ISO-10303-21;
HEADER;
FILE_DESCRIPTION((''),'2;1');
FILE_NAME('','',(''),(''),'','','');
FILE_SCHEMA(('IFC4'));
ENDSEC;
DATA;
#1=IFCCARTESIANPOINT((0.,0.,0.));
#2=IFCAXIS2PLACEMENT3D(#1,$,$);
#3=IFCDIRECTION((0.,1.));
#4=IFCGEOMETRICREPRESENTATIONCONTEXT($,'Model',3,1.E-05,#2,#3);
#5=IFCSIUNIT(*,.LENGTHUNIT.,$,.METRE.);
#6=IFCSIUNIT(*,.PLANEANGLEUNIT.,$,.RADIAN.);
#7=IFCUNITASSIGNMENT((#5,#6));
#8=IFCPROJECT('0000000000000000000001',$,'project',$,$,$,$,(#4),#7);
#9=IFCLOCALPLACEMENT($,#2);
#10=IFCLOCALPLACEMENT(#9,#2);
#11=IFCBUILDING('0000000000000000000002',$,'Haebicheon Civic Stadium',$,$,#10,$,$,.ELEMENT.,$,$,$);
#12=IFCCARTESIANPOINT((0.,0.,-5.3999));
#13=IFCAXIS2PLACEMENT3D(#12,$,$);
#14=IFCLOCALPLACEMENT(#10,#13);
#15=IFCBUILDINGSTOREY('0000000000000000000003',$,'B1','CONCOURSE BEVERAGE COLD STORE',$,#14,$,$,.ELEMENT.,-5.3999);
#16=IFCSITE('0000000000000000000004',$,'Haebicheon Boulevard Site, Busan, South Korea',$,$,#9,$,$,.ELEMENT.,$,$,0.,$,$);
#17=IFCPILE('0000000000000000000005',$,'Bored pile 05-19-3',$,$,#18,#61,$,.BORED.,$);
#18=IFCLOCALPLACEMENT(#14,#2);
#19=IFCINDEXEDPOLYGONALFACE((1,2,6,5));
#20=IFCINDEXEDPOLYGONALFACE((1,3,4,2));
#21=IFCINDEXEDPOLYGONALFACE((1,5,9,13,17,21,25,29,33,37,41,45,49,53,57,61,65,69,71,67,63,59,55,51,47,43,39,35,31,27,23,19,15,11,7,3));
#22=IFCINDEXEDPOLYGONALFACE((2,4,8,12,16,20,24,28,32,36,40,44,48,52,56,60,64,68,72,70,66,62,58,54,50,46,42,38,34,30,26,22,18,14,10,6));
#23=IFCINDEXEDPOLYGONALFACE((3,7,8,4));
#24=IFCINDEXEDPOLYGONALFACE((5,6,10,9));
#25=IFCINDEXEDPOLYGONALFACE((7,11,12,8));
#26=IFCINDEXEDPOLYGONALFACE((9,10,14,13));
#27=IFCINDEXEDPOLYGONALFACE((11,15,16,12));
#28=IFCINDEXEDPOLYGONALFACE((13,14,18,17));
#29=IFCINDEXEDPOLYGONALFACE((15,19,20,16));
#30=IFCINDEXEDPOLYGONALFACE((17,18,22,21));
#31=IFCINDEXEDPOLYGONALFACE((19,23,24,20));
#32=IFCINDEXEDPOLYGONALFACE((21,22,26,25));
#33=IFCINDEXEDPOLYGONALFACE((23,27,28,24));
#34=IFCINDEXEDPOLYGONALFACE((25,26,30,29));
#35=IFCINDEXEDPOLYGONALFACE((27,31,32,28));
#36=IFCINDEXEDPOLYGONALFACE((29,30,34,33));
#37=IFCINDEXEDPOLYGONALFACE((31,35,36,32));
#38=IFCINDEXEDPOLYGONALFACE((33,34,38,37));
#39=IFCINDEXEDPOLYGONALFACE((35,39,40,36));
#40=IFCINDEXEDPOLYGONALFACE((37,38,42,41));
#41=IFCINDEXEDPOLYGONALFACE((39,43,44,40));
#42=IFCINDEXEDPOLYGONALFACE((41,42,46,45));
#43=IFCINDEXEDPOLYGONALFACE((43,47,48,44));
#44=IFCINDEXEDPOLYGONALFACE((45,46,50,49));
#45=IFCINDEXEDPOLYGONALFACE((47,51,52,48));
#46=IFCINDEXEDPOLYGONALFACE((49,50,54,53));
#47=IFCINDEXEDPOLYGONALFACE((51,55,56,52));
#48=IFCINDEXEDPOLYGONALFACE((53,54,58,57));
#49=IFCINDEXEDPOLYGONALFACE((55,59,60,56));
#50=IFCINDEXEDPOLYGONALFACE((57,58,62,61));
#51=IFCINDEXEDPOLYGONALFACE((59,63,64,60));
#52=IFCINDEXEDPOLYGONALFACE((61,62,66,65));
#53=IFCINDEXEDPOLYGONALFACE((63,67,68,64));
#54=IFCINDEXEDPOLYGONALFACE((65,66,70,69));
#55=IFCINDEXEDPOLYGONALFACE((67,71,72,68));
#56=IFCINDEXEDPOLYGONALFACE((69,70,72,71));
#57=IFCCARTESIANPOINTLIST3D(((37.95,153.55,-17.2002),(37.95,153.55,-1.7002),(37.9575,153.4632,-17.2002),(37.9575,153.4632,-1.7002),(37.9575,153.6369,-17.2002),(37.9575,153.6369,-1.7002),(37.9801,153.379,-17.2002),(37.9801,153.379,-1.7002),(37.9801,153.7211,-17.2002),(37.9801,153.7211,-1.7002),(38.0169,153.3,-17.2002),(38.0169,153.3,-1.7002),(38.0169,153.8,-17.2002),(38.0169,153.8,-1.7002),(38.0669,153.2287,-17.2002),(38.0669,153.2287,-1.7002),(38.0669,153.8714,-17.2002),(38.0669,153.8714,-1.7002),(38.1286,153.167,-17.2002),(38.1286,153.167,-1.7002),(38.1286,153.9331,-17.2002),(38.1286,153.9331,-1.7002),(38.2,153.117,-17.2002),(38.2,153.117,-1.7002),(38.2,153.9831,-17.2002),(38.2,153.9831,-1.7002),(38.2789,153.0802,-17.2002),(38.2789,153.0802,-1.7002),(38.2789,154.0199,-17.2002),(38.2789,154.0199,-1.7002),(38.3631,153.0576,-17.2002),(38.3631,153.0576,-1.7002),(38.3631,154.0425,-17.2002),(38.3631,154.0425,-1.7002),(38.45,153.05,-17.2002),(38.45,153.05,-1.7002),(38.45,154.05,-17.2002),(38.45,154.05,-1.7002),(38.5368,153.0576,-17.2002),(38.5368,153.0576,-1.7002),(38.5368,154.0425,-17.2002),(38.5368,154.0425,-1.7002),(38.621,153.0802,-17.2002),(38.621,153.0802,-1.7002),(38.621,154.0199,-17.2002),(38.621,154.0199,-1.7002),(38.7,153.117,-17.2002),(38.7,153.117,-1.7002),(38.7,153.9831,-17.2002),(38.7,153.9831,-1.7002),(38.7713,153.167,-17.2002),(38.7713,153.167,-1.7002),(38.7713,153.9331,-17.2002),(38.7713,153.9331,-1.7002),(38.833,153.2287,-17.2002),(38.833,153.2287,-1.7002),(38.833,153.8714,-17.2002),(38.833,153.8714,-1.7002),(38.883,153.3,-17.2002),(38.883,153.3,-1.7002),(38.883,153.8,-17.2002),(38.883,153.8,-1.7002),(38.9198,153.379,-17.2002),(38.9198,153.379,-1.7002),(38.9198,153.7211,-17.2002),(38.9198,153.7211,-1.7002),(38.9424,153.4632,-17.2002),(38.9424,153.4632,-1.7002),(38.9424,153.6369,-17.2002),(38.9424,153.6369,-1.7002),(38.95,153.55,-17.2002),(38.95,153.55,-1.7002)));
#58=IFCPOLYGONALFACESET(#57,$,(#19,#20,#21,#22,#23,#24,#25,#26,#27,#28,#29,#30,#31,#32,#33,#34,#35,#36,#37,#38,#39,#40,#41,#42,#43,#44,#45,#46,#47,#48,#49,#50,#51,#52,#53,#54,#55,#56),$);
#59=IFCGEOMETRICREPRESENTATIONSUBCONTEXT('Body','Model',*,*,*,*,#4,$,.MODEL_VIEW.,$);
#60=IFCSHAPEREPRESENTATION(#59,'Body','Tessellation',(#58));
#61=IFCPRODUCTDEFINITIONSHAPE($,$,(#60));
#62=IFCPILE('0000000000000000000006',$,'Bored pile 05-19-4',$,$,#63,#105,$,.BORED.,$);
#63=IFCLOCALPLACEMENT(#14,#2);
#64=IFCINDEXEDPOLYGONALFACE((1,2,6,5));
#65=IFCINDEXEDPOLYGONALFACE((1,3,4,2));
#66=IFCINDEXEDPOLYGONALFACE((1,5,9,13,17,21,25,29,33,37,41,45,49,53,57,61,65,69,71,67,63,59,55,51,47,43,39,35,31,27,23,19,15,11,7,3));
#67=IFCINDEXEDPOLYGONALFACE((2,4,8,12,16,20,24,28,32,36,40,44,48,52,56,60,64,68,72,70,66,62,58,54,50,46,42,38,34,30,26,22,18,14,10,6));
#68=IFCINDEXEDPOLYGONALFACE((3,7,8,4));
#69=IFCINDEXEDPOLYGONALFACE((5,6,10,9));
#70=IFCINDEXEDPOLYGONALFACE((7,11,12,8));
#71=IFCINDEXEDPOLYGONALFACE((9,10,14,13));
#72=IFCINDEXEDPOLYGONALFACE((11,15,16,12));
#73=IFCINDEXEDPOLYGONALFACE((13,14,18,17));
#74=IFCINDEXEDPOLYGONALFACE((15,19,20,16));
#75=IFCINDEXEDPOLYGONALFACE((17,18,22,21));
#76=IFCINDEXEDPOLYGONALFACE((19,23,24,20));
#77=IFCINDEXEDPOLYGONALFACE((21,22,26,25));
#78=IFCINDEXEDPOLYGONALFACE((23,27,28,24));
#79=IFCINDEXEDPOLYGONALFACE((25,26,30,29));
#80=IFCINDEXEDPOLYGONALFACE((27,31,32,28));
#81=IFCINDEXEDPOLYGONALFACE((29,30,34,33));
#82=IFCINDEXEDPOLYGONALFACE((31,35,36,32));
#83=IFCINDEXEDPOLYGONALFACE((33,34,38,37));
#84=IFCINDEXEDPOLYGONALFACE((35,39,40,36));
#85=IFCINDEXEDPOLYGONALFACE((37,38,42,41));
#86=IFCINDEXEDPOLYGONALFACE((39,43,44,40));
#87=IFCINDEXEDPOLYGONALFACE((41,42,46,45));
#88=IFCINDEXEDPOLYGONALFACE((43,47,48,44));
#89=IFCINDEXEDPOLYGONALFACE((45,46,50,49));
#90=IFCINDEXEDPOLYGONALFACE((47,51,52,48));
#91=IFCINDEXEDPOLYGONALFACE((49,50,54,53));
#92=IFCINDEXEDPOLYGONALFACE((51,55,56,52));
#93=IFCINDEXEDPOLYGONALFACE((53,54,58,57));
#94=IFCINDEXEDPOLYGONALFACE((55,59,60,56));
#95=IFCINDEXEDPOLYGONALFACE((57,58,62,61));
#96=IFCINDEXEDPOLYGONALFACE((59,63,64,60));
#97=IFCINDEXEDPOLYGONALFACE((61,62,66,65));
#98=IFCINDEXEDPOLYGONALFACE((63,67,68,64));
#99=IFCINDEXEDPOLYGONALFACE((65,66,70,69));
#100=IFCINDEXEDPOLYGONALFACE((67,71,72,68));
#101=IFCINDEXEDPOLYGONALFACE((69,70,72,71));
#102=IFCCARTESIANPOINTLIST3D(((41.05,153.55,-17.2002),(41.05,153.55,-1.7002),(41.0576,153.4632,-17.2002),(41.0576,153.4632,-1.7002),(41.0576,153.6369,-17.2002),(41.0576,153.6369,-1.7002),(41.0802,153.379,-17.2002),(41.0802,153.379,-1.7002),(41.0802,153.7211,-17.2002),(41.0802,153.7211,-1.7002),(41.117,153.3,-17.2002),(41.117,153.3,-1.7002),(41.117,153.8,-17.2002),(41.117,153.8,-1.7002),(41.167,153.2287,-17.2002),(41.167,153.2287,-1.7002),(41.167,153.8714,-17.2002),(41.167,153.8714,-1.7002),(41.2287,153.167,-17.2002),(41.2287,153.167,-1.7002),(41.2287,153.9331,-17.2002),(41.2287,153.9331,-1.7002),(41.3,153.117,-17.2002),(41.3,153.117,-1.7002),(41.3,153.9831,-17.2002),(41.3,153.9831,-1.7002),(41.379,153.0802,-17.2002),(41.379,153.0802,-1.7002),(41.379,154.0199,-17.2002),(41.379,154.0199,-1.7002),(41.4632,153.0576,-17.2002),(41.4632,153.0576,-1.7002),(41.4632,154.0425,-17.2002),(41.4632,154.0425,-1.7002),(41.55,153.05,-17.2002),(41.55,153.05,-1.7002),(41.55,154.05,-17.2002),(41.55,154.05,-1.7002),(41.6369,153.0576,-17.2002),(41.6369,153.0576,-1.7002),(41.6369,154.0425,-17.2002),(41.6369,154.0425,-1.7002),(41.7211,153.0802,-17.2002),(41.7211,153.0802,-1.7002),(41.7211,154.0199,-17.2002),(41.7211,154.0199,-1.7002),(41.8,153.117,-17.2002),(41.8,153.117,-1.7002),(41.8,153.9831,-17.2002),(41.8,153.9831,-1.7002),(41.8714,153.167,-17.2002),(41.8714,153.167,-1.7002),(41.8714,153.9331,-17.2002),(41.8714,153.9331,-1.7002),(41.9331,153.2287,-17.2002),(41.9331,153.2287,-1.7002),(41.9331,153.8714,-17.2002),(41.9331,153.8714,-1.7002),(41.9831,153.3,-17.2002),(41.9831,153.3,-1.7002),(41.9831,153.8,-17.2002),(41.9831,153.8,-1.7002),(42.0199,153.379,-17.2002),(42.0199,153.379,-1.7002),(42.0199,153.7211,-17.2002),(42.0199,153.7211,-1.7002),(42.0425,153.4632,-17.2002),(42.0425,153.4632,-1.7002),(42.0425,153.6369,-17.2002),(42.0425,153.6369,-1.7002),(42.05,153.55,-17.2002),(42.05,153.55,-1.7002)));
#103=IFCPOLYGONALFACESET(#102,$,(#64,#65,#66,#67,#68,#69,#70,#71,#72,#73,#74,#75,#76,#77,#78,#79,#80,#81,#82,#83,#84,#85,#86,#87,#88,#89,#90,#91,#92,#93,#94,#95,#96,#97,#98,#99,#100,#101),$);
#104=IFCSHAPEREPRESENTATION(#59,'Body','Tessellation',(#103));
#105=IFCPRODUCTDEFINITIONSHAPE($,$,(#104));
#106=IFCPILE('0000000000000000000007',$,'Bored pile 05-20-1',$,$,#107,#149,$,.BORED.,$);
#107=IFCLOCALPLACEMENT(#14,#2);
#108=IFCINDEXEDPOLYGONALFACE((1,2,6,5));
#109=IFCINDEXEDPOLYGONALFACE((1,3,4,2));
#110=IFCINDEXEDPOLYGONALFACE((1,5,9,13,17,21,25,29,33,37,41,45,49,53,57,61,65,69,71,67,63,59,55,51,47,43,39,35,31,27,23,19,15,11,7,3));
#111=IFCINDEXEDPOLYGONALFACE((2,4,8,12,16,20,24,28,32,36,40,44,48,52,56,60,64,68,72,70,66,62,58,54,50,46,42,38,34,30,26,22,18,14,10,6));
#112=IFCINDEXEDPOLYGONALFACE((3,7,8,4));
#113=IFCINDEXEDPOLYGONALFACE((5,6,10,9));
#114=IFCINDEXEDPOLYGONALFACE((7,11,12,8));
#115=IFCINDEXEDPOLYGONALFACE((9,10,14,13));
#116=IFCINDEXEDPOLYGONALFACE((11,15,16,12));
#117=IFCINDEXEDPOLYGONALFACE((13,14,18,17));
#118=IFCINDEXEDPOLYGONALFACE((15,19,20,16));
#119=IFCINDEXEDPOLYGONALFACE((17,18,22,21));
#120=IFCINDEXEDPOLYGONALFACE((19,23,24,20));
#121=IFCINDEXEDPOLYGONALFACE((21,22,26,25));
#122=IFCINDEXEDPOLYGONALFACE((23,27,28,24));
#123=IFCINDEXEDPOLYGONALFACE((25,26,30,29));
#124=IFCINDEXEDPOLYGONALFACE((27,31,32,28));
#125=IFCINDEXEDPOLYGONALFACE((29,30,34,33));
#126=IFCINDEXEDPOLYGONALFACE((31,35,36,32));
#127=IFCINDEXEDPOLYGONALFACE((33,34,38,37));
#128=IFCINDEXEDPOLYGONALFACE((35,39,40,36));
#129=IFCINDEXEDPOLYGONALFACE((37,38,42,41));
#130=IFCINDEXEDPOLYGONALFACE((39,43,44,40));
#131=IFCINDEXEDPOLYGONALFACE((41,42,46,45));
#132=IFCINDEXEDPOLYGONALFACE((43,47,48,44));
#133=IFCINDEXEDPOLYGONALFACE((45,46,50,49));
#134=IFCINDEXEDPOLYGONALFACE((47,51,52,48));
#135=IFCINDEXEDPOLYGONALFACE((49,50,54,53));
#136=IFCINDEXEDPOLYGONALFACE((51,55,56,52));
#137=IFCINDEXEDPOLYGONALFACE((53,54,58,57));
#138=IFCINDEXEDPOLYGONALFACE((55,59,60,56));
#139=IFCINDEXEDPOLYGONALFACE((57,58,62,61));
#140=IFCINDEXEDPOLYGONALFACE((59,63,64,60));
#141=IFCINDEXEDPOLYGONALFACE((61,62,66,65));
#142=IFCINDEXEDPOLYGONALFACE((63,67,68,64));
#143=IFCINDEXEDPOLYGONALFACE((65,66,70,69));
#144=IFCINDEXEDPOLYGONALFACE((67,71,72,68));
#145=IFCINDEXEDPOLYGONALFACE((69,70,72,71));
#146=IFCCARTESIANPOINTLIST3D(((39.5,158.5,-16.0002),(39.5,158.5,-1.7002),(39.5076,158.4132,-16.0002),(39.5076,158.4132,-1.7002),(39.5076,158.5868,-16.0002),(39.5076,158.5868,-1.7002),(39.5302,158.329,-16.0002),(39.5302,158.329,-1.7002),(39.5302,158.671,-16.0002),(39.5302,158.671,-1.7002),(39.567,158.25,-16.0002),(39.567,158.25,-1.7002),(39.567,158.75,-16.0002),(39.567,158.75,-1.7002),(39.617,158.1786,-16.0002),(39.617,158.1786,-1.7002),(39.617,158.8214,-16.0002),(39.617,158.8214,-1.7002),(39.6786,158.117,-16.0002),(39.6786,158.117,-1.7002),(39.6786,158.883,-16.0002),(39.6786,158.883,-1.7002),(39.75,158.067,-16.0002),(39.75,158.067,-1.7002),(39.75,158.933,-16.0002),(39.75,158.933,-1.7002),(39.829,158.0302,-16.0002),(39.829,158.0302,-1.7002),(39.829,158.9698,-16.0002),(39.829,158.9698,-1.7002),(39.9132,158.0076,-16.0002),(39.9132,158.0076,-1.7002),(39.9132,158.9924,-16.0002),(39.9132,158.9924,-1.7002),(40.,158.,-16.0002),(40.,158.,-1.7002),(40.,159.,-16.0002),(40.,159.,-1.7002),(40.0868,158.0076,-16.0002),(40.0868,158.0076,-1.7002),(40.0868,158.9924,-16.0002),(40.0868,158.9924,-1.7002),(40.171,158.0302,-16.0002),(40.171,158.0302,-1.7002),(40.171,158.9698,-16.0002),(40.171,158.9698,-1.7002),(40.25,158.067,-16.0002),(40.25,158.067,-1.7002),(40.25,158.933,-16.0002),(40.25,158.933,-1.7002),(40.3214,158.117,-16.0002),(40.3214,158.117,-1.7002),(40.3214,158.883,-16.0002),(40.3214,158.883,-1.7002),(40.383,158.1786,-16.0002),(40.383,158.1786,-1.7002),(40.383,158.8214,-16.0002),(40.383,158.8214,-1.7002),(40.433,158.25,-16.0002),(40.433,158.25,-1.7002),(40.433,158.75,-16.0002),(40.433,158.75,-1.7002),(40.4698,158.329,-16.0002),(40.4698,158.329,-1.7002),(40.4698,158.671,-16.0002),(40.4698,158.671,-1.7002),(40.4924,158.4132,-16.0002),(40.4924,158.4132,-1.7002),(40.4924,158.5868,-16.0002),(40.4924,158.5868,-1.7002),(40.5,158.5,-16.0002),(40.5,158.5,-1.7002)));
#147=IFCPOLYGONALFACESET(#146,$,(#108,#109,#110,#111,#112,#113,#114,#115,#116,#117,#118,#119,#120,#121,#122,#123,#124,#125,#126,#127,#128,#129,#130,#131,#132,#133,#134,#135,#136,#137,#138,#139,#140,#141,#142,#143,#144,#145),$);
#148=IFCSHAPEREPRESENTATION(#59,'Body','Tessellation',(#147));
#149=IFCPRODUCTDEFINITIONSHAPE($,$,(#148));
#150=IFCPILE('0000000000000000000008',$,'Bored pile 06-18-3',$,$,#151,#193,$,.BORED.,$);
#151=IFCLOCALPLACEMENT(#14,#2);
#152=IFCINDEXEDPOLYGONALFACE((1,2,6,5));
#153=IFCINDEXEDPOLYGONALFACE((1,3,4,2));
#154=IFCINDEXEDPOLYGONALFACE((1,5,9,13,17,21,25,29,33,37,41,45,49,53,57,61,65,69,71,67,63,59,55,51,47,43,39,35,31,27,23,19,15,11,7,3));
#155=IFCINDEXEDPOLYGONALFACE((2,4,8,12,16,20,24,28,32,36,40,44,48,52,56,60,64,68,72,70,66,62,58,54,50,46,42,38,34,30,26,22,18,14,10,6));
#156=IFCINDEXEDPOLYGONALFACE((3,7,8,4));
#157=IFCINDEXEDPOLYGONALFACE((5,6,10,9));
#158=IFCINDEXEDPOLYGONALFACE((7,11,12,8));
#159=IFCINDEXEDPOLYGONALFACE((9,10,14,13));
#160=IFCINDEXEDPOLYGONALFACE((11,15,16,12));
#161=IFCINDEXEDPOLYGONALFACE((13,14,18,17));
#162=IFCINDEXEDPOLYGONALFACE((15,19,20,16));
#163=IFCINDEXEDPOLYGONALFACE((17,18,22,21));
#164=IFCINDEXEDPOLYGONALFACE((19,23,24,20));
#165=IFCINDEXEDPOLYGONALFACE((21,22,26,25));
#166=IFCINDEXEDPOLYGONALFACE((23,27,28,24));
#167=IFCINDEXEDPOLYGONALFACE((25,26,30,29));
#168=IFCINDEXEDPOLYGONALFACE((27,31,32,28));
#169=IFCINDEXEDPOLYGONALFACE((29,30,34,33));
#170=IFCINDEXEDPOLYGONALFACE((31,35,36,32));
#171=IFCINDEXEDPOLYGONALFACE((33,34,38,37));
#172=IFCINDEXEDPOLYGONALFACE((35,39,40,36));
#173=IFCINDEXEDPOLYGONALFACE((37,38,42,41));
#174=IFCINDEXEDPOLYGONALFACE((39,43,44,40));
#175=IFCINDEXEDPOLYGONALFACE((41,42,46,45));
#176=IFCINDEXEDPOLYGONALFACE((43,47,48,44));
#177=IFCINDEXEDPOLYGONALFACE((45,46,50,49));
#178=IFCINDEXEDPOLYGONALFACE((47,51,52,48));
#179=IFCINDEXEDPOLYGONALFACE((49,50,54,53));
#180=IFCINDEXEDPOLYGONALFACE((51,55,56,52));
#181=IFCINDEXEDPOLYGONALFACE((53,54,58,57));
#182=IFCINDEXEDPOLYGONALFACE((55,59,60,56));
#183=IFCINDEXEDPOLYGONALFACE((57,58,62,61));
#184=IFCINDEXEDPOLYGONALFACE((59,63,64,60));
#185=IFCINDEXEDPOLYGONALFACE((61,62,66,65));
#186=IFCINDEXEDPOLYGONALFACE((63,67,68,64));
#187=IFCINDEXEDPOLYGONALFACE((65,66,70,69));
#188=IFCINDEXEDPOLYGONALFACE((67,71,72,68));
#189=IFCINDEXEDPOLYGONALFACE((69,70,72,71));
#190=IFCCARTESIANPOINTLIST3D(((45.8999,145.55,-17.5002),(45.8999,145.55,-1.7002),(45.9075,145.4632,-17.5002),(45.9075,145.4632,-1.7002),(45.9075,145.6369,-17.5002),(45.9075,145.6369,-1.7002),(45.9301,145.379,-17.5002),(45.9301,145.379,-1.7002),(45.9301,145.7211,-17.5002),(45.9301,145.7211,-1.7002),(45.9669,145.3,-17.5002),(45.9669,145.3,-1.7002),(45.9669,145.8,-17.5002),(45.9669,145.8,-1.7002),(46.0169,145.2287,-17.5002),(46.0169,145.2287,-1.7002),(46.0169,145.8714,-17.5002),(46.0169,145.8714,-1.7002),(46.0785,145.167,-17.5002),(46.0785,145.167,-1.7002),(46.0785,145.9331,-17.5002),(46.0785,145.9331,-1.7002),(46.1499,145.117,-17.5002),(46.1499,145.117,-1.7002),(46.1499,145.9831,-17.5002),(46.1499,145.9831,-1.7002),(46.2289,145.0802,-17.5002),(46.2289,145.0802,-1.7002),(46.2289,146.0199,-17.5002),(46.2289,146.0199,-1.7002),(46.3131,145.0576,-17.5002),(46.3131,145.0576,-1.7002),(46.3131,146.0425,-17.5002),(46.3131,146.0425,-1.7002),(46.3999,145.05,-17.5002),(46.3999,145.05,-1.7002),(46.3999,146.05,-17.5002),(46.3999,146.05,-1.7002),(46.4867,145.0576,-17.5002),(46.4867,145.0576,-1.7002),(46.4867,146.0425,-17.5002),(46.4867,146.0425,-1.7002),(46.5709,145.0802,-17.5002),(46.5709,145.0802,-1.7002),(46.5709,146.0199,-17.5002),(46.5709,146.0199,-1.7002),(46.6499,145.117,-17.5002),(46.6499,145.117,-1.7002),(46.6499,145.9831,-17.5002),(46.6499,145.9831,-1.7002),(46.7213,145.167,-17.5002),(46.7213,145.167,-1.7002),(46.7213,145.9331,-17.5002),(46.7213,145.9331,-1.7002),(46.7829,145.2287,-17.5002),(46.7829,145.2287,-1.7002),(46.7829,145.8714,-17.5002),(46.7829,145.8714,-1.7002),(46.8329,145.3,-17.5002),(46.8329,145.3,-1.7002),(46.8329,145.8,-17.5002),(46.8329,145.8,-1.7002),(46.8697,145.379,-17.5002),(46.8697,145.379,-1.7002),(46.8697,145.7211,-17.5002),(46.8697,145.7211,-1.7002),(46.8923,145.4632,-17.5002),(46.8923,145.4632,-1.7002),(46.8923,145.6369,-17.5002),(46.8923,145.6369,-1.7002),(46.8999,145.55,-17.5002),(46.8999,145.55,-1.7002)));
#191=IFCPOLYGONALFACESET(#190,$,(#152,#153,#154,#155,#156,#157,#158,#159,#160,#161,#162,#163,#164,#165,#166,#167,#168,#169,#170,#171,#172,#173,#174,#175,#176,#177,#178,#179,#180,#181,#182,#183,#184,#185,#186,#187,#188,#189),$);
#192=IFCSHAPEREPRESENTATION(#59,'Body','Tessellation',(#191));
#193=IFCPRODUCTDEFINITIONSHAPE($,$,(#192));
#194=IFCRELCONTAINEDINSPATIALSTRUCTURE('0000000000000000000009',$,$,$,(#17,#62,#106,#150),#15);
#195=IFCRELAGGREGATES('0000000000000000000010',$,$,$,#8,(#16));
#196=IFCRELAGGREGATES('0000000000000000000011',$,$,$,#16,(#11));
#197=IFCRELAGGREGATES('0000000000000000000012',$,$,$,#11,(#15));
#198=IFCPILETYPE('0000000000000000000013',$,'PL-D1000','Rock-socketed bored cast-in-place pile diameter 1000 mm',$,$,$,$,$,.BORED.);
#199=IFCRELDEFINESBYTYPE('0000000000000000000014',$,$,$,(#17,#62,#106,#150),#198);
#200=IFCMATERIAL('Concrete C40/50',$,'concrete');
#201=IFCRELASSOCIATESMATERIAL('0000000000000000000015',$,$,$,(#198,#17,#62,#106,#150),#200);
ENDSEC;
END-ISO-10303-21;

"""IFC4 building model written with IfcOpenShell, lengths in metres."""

from ifc_helpers import new_model, si_unit, direction, frame, origin, origin_2d, place, context, subcontext, project, spatial, circle, extrude, material, material_profile, profile_set, type_object, element, save


model = new_model("IFC4")

# Units and contexts
model_context = context("Model", 3, precision=1e-05, world=origin(), true_north=direction((0.0, 1.0)))
body_context = subcontext(model_context, "Body", "Model", "MODEL_VIEW")
ifc_project = project(units=[si_unit("LENGTHUNIT", "METRE"), si_unit("PLANEANGLEUNIT", "RADIAN")], contexts=[model_context])

# Site, building, storey
site_placement = place(None, origin())
site = spatial("IfcSite", under=ifc_project, at=site_placement, Name="Haebicheon Boulevard Site, Busan, South Korea", CompositionType="ELEMENT", RefElevation=0.0)
building_placement = place(site_placement, origin())
building = spatial("IfcBuilding", under=site, at=building_placement, Name="Haebicheon Civic Stadium", CompositionType="ELEMENT")
storey_placement = place(building_placement, frame((0.0, 0.0, -5.3999)))
storey = spatial("IfcBuildingStorey", under=building, at=storey_placement, Name="B1", Description="CONCOURSE BEVERAGE COLD STORE", CompositionType="ELEMENT", Elevation=-5.3999)

# Piles
ifc_material_1 = material(Name="Concrete C40/50", Category="concrete")
ifc_material_profile_1 = material_profile(ifc_material_1, circle(Radius=0.5, at=origin_2d()), Name="PILE-D1000")
ifc_profile_set_1 = profile_set([ifc_material_profile_1], Name="Concrete C40/50")
pile_type = type_object("IfcPileType", Name="PL-D1000", Description="Rock-socketed bored cast-in-place pile diameter 1000 mm", PredefinedType="BORED", material=ifc_profile_set_1)
for number, where, z_axis, x_axis, name in (
    (1, (38.45, 153.55, -1.7002), (0.0, 0.0, -1.0), (1.0, 0.0, 0.0), "Bored pile 05-19-3"),
    (2, (41.55, 153.55, -1.7002), (0.0, 0.0, -1.0), (1.0, 0.0, 0.0), "Bored pile 05-19-4"),
):
    element("IfcPile", number, at=place(storey_placement, frame(where, z_axis=z_axis, x_axis=x_axis)), inside=storey, type_object=pile_type, material=ifc_profile_set_1, Name=name, PredefinedType="BORED", context=body_context, shape_type="SweptSolid", body=[
        extrude(circle(Radius=0.5, at=origin_2d()), origin(), (0.0, 0.0, 1.0), 15.5),
    ])
pile_1_placement = place(storey_placement, frame((40.0, 158.5, -1.7002), z_axis=(0.0, 0.0, -1.0), x_axis=(1.0, 0.0, 0.0)))
element("IfcPile", 3, at=pile_1_placement, inside=storey, type_object=pile_type, material=ifc_profile_set_1, Name="Bored pile 05-20-1", PredefinedType="BORED", context=body_context, shape_type="SweptSolid", body=[
    extrude(circle(Radius=0.5, at=origin_2d()), origin(), (0.0, 0.0, 1.0), 14.3),
])
pile_2_placement = place(storey_placement, frame((46.3999, 145.55, -1.7002), z_axis=(0.0, 0.0, -1.0), x_axis=(1.0, 0.0, 0.0)))
element("IfcPile", 4, at=pile_2_placement, inside=storey, type_object=pile_type, material=ifc_profile_set_1, Name="Bored pile 06-18-3", PredefinedType="BORED", context=body_context, shape_type="SweptSolid", body=[
    extrude(circle(Radius=0.5, at=origin_2d()), origin(), (0.0, 0.0, 1.0), 15.8),
])

save(model, "model.ifc")
